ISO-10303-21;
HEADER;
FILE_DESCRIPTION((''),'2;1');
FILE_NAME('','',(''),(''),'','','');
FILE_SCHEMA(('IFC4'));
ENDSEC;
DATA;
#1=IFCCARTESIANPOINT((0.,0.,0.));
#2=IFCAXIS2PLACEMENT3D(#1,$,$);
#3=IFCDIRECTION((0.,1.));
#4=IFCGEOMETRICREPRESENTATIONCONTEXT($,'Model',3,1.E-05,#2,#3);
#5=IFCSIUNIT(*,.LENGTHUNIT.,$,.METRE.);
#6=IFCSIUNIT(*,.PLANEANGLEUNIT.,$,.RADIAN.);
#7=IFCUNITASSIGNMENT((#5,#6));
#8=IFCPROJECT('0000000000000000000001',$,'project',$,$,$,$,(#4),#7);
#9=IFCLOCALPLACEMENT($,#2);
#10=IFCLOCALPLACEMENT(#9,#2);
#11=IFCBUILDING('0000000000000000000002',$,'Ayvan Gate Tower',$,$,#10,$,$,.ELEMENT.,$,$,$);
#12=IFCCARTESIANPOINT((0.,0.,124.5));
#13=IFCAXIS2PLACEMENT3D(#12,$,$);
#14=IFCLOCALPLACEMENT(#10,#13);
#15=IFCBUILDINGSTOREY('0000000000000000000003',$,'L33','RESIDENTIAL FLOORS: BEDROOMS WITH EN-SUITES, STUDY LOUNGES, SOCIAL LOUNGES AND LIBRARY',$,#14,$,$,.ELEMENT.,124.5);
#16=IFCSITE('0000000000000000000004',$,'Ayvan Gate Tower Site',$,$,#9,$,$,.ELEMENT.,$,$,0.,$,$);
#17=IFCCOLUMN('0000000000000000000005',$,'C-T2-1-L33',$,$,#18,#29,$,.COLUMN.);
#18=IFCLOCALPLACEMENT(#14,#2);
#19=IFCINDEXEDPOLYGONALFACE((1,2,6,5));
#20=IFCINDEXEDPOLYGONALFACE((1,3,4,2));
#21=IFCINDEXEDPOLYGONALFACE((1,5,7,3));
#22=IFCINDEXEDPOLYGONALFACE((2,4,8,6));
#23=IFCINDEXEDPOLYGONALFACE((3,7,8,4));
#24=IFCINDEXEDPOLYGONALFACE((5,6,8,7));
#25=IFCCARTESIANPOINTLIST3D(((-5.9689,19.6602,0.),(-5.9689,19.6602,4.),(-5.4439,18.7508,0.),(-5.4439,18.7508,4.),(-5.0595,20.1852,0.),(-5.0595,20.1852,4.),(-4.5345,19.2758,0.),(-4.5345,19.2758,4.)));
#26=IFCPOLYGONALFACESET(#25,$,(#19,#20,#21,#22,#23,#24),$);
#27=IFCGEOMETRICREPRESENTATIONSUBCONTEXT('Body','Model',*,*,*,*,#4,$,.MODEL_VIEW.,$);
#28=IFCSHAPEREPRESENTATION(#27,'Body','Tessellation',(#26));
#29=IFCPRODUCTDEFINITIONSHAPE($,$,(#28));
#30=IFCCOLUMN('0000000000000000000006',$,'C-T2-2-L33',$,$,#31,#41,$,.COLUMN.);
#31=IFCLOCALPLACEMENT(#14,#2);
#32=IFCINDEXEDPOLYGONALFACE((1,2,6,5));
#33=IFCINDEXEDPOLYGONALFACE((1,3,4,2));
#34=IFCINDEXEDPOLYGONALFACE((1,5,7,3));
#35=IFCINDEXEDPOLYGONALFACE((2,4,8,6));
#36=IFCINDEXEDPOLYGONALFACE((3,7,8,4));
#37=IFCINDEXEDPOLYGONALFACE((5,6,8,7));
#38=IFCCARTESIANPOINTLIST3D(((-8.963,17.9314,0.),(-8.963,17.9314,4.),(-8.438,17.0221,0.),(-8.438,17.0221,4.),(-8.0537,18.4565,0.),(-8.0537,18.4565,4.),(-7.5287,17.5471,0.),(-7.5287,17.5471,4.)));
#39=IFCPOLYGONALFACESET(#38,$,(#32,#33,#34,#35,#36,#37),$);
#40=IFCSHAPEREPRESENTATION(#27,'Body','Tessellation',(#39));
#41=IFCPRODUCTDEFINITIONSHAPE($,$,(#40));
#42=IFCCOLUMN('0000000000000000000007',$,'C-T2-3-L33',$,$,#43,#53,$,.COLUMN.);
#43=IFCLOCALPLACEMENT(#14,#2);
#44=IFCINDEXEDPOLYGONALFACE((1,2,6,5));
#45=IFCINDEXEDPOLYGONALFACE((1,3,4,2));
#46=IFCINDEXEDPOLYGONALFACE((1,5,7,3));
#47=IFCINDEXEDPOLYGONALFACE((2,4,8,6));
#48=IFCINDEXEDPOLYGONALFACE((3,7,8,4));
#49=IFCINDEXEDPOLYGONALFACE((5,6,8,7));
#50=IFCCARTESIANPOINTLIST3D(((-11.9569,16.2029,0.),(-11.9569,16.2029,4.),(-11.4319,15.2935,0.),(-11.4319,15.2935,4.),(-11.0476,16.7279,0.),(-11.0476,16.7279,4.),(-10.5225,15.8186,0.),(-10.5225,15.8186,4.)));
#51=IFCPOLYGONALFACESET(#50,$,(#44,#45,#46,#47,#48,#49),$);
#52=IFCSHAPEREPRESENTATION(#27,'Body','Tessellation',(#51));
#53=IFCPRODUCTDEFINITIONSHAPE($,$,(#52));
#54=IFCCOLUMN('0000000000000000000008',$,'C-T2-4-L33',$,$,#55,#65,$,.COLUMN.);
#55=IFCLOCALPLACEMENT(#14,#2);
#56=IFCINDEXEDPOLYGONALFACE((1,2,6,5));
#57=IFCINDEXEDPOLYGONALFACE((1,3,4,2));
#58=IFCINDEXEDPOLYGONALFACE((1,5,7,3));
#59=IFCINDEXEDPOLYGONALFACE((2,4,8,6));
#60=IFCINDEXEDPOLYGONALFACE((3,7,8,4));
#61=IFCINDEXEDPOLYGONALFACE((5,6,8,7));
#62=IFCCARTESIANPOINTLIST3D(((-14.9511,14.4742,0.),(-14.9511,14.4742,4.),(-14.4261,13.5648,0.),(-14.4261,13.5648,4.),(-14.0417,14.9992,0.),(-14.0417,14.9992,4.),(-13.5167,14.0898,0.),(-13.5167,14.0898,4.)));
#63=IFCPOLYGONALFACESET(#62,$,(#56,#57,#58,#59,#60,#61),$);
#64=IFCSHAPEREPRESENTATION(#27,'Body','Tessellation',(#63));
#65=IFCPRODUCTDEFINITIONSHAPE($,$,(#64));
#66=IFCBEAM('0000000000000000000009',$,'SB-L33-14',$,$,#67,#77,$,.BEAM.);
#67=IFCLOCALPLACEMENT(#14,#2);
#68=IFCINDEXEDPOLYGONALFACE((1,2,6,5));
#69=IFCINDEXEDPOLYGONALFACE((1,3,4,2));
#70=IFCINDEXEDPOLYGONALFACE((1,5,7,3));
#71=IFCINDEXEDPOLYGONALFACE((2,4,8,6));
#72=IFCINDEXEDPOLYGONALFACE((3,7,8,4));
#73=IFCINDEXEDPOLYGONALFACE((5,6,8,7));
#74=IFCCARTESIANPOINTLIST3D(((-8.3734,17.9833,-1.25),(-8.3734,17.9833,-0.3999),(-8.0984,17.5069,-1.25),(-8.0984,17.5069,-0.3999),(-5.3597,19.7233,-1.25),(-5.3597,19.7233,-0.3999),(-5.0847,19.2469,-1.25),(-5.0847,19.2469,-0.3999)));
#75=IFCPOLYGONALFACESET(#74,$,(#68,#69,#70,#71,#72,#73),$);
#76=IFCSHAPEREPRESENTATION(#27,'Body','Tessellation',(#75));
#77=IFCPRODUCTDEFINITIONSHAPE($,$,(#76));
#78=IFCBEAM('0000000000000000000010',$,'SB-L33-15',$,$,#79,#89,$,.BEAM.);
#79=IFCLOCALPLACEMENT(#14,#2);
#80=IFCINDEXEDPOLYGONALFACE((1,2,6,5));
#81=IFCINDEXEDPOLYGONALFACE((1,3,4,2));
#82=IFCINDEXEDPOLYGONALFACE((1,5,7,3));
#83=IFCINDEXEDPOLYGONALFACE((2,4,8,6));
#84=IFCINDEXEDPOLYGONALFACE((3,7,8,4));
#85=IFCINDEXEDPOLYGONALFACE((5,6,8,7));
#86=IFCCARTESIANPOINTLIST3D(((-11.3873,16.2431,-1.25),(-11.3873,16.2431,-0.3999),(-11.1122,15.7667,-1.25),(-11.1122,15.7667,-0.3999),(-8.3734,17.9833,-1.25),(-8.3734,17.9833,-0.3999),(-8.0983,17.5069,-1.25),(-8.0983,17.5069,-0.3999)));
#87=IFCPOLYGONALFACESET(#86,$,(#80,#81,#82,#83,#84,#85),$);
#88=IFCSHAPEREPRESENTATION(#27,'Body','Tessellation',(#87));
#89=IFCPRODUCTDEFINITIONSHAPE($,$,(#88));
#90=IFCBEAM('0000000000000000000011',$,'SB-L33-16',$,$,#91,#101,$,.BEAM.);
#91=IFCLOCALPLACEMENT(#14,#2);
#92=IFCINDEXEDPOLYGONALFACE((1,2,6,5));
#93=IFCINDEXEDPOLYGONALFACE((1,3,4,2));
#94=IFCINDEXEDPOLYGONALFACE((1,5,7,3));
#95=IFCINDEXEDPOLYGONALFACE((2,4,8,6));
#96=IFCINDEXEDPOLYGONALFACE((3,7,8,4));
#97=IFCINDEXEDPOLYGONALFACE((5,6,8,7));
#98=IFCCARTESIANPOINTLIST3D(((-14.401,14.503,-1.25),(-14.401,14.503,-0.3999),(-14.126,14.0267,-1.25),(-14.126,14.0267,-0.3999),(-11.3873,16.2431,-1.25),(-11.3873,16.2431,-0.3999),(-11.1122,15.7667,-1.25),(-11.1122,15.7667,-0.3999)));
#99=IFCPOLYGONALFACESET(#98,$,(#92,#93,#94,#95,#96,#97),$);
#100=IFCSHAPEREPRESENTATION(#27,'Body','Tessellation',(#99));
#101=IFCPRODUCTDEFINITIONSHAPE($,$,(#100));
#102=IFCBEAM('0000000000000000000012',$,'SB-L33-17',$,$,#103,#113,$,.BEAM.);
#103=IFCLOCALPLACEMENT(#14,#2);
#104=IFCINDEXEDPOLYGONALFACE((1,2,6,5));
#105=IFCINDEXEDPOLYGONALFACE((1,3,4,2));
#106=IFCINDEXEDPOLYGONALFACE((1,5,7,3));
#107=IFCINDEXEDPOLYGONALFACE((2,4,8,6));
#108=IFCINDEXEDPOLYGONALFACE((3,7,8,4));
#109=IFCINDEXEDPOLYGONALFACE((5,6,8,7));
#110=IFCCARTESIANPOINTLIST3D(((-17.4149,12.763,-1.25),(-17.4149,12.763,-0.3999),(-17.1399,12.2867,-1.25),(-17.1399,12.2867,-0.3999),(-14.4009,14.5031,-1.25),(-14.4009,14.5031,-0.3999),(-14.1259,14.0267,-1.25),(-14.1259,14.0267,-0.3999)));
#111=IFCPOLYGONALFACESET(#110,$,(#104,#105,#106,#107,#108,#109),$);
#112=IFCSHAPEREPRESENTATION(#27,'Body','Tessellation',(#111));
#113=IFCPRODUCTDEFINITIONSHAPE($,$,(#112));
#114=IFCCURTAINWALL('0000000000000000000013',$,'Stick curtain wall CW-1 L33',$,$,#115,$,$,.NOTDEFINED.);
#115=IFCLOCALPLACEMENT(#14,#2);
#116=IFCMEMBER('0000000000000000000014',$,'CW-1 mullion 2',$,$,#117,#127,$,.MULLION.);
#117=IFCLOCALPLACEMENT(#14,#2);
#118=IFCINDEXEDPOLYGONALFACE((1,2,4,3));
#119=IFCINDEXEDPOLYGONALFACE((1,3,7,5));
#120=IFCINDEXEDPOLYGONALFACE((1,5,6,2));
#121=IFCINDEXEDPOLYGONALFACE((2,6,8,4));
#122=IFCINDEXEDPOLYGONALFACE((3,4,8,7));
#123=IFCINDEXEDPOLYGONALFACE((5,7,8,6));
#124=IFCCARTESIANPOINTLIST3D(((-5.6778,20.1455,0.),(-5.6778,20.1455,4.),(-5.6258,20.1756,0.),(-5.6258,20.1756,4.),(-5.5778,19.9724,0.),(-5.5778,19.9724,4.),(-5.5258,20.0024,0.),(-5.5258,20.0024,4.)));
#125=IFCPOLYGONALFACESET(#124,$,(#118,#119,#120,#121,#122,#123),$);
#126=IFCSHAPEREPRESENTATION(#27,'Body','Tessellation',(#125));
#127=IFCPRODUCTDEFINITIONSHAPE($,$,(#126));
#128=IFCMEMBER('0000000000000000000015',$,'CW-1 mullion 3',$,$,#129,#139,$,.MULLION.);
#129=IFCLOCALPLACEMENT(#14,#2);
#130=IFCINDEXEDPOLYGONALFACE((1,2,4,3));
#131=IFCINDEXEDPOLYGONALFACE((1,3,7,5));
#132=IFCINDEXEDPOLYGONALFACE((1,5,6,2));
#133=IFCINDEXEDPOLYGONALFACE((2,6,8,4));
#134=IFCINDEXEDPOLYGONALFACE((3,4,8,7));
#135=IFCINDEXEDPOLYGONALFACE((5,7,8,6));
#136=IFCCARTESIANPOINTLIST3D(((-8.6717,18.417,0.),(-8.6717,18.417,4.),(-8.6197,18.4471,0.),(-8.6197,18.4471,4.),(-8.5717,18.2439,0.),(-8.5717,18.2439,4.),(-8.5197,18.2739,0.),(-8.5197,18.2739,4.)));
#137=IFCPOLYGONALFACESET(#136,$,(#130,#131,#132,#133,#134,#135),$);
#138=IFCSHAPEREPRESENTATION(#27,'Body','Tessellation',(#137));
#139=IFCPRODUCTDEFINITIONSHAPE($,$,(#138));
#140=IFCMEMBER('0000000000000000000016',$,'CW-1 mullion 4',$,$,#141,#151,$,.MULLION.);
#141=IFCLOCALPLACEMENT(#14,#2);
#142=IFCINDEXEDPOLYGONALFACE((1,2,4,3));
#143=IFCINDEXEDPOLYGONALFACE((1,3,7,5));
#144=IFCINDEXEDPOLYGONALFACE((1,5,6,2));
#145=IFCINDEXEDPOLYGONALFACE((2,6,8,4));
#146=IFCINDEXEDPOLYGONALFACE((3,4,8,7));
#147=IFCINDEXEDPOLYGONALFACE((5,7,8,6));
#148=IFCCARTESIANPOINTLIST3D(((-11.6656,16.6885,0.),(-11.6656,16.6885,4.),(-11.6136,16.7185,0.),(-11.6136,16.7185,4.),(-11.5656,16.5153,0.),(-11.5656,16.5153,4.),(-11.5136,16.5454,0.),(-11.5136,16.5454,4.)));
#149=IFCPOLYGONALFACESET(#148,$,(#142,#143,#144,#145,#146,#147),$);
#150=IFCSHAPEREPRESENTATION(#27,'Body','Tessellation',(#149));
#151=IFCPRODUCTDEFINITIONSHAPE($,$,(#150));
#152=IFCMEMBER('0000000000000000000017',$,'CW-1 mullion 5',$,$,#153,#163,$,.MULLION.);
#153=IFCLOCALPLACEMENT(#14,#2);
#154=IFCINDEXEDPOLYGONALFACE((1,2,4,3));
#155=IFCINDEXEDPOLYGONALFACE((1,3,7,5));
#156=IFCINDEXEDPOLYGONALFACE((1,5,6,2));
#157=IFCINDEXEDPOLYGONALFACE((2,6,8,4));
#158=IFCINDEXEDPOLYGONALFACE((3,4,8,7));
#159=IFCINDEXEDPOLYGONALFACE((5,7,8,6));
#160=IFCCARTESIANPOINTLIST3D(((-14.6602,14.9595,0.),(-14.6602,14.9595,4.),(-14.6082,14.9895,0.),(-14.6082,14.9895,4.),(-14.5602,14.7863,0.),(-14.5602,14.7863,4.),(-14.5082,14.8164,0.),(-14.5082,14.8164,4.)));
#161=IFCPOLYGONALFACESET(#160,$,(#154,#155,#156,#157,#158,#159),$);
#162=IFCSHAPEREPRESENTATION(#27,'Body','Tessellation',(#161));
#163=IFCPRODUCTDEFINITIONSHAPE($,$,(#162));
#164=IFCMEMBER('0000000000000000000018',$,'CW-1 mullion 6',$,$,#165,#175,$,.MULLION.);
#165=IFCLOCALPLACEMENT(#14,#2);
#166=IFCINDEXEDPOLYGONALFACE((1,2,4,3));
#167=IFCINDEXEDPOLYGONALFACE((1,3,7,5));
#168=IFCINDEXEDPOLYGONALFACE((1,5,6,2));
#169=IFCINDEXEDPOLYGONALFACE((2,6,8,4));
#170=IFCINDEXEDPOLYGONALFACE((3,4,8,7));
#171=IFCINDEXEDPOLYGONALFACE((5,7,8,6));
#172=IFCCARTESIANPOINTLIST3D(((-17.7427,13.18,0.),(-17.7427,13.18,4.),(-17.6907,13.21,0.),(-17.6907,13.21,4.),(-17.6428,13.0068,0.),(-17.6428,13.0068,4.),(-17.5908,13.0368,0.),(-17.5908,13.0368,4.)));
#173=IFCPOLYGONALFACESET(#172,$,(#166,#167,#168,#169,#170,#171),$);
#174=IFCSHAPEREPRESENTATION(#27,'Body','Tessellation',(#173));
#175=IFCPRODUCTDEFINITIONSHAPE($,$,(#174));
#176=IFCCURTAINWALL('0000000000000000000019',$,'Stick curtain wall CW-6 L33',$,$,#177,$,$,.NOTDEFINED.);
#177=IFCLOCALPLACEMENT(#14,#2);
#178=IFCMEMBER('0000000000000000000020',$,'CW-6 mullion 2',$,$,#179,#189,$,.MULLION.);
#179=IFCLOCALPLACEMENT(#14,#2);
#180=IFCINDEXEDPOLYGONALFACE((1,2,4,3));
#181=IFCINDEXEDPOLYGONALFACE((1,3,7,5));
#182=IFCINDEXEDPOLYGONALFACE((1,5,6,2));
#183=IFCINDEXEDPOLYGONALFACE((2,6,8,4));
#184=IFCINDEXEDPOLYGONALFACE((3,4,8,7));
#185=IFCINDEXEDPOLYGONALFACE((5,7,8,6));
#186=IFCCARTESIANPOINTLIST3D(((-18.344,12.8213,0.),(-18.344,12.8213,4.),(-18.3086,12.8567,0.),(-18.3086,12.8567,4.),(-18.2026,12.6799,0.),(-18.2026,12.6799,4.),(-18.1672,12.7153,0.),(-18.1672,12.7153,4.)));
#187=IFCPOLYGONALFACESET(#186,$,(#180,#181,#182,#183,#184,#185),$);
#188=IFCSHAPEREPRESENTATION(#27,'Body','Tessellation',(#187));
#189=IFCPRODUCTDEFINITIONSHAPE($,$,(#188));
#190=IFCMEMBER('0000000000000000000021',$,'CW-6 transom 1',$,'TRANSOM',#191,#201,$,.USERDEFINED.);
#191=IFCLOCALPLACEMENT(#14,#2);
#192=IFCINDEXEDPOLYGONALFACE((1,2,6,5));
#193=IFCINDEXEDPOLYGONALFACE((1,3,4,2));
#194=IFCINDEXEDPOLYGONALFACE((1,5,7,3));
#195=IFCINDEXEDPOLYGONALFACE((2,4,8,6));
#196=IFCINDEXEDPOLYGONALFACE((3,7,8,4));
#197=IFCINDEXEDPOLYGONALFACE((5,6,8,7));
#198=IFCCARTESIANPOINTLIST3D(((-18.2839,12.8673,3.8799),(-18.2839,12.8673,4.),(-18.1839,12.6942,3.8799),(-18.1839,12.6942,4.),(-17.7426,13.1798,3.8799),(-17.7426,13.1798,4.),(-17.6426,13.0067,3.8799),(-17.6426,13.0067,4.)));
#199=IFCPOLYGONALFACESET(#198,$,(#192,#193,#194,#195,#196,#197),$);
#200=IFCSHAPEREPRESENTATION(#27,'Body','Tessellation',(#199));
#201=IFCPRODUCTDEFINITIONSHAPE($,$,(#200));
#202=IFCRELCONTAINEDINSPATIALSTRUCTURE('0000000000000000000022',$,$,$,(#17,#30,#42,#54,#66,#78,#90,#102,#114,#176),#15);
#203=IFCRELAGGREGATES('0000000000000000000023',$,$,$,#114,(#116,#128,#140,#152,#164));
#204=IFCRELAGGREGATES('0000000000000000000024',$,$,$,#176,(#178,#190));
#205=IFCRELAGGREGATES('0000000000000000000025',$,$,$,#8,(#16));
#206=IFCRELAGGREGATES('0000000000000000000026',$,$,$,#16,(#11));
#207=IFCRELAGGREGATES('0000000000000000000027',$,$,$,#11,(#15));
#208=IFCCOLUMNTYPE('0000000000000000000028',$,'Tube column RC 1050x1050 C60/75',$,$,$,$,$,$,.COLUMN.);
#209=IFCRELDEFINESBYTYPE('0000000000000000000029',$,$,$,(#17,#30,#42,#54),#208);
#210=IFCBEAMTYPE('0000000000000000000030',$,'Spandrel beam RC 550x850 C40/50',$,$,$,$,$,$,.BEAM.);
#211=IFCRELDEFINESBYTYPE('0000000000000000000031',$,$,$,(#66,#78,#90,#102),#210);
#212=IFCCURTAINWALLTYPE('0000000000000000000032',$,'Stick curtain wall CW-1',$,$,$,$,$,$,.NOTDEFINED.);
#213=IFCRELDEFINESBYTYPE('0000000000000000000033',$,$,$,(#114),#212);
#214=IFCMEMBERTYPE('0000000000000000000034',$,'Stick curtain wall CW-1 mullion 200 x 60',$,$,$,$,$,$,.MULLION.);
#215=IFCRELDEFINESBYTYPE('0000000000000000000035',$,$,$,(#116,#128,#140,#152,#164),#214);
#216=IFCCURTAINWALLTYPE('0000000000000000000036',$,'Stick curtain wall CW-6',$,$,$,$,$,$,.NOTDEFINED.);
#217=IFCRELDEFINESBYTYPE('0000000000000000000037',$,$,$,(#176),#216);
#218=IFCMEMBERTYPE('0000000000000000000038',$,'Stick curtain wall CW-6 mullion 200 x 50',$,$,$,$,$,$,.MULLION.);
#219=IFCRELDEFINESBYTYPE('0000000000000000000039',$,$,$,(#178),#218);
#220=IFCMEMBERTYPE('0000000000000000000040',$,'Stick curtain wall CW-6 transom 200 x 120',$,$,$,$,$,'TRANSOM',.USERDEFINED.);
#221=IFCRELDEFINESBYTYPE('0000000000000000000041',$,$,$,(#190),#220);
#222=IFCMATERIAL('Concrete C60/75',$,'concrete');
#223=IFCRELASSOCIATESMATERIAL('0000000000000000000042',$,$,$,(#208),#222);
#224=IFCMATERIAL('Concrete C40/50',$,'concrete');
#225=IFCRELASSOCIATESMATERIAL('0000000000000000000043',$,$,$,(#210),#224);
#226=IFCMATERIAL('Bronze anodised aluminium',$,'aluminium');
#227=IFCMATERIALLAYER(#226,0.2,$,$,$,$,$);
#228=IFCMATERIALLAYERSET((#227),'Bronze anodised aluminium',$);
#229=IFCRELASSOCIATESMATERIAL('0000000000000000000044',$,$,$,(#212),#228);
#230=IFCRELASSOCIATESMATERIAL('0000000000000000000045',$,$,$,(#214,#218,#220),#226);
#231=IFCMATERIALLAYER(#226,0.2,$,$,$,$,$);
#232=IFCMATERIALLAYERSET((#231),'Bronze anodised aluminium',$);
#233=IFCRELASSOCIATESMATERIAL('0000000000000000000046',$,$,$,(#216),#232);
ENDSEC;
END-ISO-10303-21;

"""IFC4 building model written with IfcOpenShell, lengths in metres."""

from ifc_helpers import new_model, si_unit, direction, frame, origin, origin_2d, place, context, subcontext, project, spatial, rectangle, extrude, material, layer, layer_set, material_profile, profile_set, type_object, element, aggregate, save


model = new_model("IFC4")

# Units and contexts
model_context = context("Model", 3, precision=1e-05, world=origin(), true_north=direction((0.0, 1.0)))
body_context = subcontext(model_context, "Body", "Model", "MODEL_VIEW")
ifc_project = project(units=[si_unit("LENGTHUNIT", "METRE"), si_unit("PLANEANGLEUNIT", "RADIAN")], contexts=[model_context])

# Site, building, storey
site_placement = place(None, origin())
site = spatial("IfcSite", under=ifc_project, at=site_placement, Name="Ayvan Gate Tower Site", CompositionType="ELEMENT", RefElevation=0.0)
building_placement = place(site_placement, origin())
building = spatial("IfcBuilding", under=site, at=building_placement, Name="Ayvan Gate Tower", CompositionType="ELEMENT")
storey_placement = place(building_placement, frame((0.0, 0.0, 124.5)))
storey = spatial("IfcBuildingStorey", under=building, at=storey_placement, Name="L33", Description="RESIDENTIAL FLOORS: BEDROOMS WITH EN-SUITES, STUDY LOUNGES, SOCIAL LOUNGES AND LIBRARY", CompositionType="ELEMENT", Elevation=124.5)

# Columns
ifc_material_1 = material(Name="Concrete C60/75", Category="concrete")
ifc_material_profile_1 = material_profile(ifc_material_1, rectangle(XDim=1.05, YDim=1.05, at=origin_2d()), Name="RC 1050x1050")
ifc_profile_set_1 = profile_set([ifc_material_profile_1], Name="Concrete C60/75")
column_type = type_object("IfcColumnType", Name="Tube column RC 1050x1050 C60/75", PredefinedType="COLUMN", material=ifc_profile_set_1)
for number, where, z_axis, x_axis, name in (
    (1, (-5.2517, 19.468, 0.0), (0.0, 0.0, 1.0), (-0.5, 0.866025, 0.0), "C-T2-1-L33"),
    (2, (-8.2458, 17.7393, 0.0), (0.0, 0.0, 1.0), (-0.5, 0.866025, 0.0), "C-T2-2-L33"),
    (3, (-11.2397, 16.0107, 0.0), (0.0, 0.0, 1.0), (-0.5, 0.866025, 0.0), "C-T2-3-L33"),
    (4, (-14.2339, 14.282, 0.0), (0.0, 0.0, 1.0), (-0.5, 0.866025, 0.0), "C-T2-4-L33"),
):
    element("IfcColumn", number, at=place(storey_placement, frame(where, z_axis=z_axis, x_axis=x_axis)), inside=storey, type_object=column_type, Name=name, PredefinedType="COLUMN", context=body_context, shape_type="SweptSolid", body=[
        extrude(rectangle(XDim=1.05, YDim=1.05, at=origin_2d()), origin(), (0.0, 0.0, 1.0), 4.0),
    ])

# Beams
ifc_material_2 = material(Name="Concrete C40/50", Category="concrete")
ifc_material_profile_2 = material_profile(ifc_material_2, rectangle(XDim=0.55, YDim=0.8501, at=origin_2d()), Name="RC 550x850")
ifc_profile_set_2 = profile_set([ifc_material_profile_2], Name="Concrete C40/50")
beam_type = type_object("IfcBeamType", Name="Spandrel beam RC 550x850 C40/50", PredefinedType="BEAM", material=ifc_profile_set_2)
beam_1_placement = place(storey_placement, frame((-5.2222, 19.4851, -0.825), z_axis=(-0.86602, -0.50001, 0.0), x_axis=(0.50001, -0.86602, 0.0)))
element("IfcBeam", 5, at=beam_1_placement, inside=storey, type_object=beam_type, Name="SB-L33-14", PredefinedType="BEAM", context=body_context, shape_type="SweptSolid", body=[
    extrude(rectangle(XDim=0.55, YDim=0.8501, at=origin_2d()), origin(), (0.0, 0.0, 1.0), 3.48),
])
beam_2_placement = place(storey_placement, frame((-8.2358, 17.7451, -0.825), z_axis=(-0.866007, -0.500032, 0.0), x_axis=(0.500032, -0.866007, 0.0)))
element("IfcBeam", 6, at=beam_2_placement, inside=storey, type_object=beam_type, Name="SB-L33-15", PredefinedType="BEAM", context=body_context, shape_type="SweptSolid", body=[
    extrude(rectangle(XDim=0.55, YDim=0.8501, at=origin_2d()), origin(), (0.0, 0.0, 1.0), 3.4802),
])
beam_3_placement = place(storey_placement, frame((-11.2498, 16.0049, -0.825), z_axis=(-0.86602, -0.50001, 0.0), x_axis=(0.50001, -0.86602, 0.0)))
element("IfcBeam", 7, at=beam_3_placement, inside=storey, type_object=beam_type, Name="SB-L33-16", PredefinedType="BEAM", context=body_context, shape_type="SweptSolid", body=[
    extrude(rectangle(XDim=0.55, YDim=0.8501, at=origin_2d()), origin(), (0.0, 0.0, 1.0), 3.48),
])
beam_4_placement = place(storey_placement, frame((-14.2634, 14.2649, -0.825), z_axis=(-0.866037, -0.49998, 0.0), x_axis=(0.49998, -0.866037, 0.0)))
element("IfcBeam", 8, at=beam_4_placement, inside=storey, type_object=beam_type, Name="SB-L33-17", PredefinedType="BEAM", context=body_context, shape_type="SweptSolid", body=[
    extrude(rectangle(XDim=0.55, YDim=0.8501, at=origin_2d()), origin(), (0.0, 0.0, 1.0), 3.4802),
])

# Curtain walls, members
ifc_material_3 = material(Name="Bronze anodised aluminium", Category="aluminium")
ifc_layer_1 = layer(ifc_material_3, 0.2)
ifc_layer_set_1 = layer_set([ifc_layer_1], Name="Bronze anodised aluminium")
curtain_wall_type_1 = type_object("IfcCurtainWallType", Name="Stick curtain wall CW-1", PredefinedType="NOTDEFINED", material=ifc_layer_set_1)
curtain_wall_1_placement = place(storey_placement, origin())
curtain_wall_1 = element("IfcCurtainWall", 9, at=curtain_wall_1_placement, inside=storey, type_object=curtain_wall_type_1, Name="Stick curtain wall CW-1 L33", PredefinedType="NOTDEFINED")
ifc_material_profile_3 = material_profile(ifc_material_3, rectangle(XDim=0.2, YDim=0.0601, at=origin_2d()), Name="Stick curtain wall CW-1 mullion 200 x 60")
ifc_profile_set_3 = profile_set([ifc_material_profile_3], Name="Bronze anodised aluminium")
member_type_1 = type_object("IfcMemberType", Name="Stick curtain wall CW-1 mullion 200 x 60", PredefinedType="MULLION", material=ifc_profile_set_3)
member_1_placement = place(storey_placement, frame((-5.6018, 20.074, 0.0), z_axis=(0.0, 0.0, 1.0), x_axis=(-0.5, 0.866025, 0.0)))
member_1 = element("IfcMember", 10, at=member_1_placement, type_object=member_type_1, Name="CW-1 mullion 2", PredefinedType="MULLION", context=body_context, shape_type="SweptSolid", body=[
    extrude(rectangle(XDim=0.2, YDim=0.0601, at=origin_2d()), origin(), (0.0, 0.0, 1.0), 4.0),
])
member_2_placement = place(storey_placement, frame((-8.5957, 18.3455, 0.0), z_axis=(0.0, 0.0, 1.0), x_axis=(-0.5, 0.866025, 0.0)))
member_2 = element("IfcMember", 11, at=member_2_placement, type_object=member_type_1, Name="CW-1 mullion 3", PredefinedType="MULLION", context=body_context, shape_type="SweptSolid", body=[
    extrude(rectangle(XDim=0.2, YDim=0.0601, at=origin_2d()), origin(), (0.0, 0.0, 1.0), 4.0),
])
member_3_placement = place(storey_placement, frame((-11.5896, 16.6169, 0.0), z_axis=(0.0, 0.0, 1.0), x_axis=(-0.5, 0.866025, 0.0)))
member_3 = element("IfcMember", 12, at=member_3_placement, type_object=member_type_1, Name="CW-1 mullion 4", PredefinedType="MULLION", context=body_context, shape_type="SweptSolid", body=[
    extrude(rectangle(XDim=0.2, YDim=0.0601, at=origin_2d()), origin(), (0.0, 0.0, 1.0), 4.0),
])
member_4_placement = place(storey_placement, frame((-14.5842, 14.8879, 0.0), z_axis=(0.0, 0.0, 1.0), x_axis=(-0.5, 0.866025, 0.0)))
member_4 = element("IfcMember", 13, at=member_4_placement, type_object=member_type_1, Name="CW-1 mullion 5", PredefinedType="MULLION", context=body_context, shape_type="SweptSolid", body=[
    extrude(rectangle(XDim=0.2, YDim=0.0601, at=origin_2d()), origin(), (0.0, 0.0, 1.0), 4.0),
])
member_5_placement = place(storey_placement, frame((-17.6667, 13.1084, 0.0), z_axis=(0.0, 0.0, 1.0), x_axis=(-0.5, 0.866025, 0.0)))
member_5 = element("IfcMember", 14, at=member_5_placement, type_object=member_type_1, Name="CW-1 mullion 6", PredefinedType="MULLION", context=body_context, shape_type="SweptSolid", body=[
    extrude(rectangle(XDim=0.2, YDim=0.0601, at=origin_2d()), origin(), (0.0, 0.0, 1.0), 4.0),
])
ifc_layer_2 = layer(ifc_material_3, 0.2)
ifc_layer_set_2 = layer_set([ifc_layer_2], Name="Bronze anodised aluminium")
curtain_wall_type_2 = type_object("IfcCurtainWallType", Name="Stick curtain wall CW-6", PredefinedType="NOTDEFINED", material=ifc_layer_set_2)
curtain_wall_2_placement = place(storey_placement, origin())
curtain_wall_2 = element("IfcCurtainWall", 15, at=curtain_wall_2_placement, inside=storey, type_object=curtain_wall_type_2, Name="Stick curtain wall CW-6 L33", PredefinedType="NOTDEFINED")
ifc_material_profile_4 = material_profile(ifc_material_3, rectangle(XDim=0.2, YDim=0.05, at=origin_2d()), Name="Stick curtain wall CW-6 mullion 200 x 50")
ifc_profile_set_4 = profile_set([ifc_material_profile_4], Name="Bronze anodised aluminium")
member_type_2 = type_object("IfcMemberType", Name="Stick curtain wall CW-6 mullion 200 x 50", PredefinedType="MULLION", material=ifc_profile_set_4)
member_6_placement = place(storey_placement, frame((-18.2556, 12.7683, 0.0), z_axis=(0.0, 0.0, 1.0), x_axis=(-0.707107, 0.707107, 0.0)))
member_6 = element("IfcMember", 16, at=member_6_placement, type_object=member_type_2, Name="CW-6 mullion 2", PredefinedType="MULLION", context=body_context, shape_type="SweptSolid", body=[
    extrude(rectangle(XDim=0.2, YDim=0.05, at=origin_2d()), origin(), (0.0, 0.0, 1.0), 4.0),
])
ifc_material_profile_5 = material_profile(ifc_material_3, rectangle(XDim=0.2, YDim=0.1201, at=origin_2d()), Name="Stick curtain wall CW-6 transom 200 x 120")
ifc_profile_set_5 = profile_set([ifc_material_profile_5], Name="Bronze anodised aluminium")
member_type_3 = type_object("IfcMemberType", Name="Stick curtain wall CW-6 transom 200 x 120", ElementType="TRANSOM", PredefinedType="USERDEFINED", material=ifc_profile_set_5)
member_7_placement = place(storey_placement, frame((-17.6926, 13.0933, 3.9399), z_axis=(-0.866023, -0.500004, 0.0), x_axis=(0.500004, -0.866023, 0.0)))
member_7 = element("IfcMember", 17, at=member_7_placement, type_object=member_type_3, Name="CW-6 transom 1", ObjectType="TRANSOM", PredefinedType="USERDEFINED", context=body_context, shape_type="SweptSolid", body=[
    extrude(rectangle(XDim=0.2, YDim=0.1201, at=origin_2d()), origin(), (0.0, 0.0, 1.0), 0.625),
])

aggregate(curtain_wall_1, [member_1, member_2, member_3, member_4, member_5])
aggregate(curtain_wall_2, [member_6, member_7])

save(model, "model.ifc")
